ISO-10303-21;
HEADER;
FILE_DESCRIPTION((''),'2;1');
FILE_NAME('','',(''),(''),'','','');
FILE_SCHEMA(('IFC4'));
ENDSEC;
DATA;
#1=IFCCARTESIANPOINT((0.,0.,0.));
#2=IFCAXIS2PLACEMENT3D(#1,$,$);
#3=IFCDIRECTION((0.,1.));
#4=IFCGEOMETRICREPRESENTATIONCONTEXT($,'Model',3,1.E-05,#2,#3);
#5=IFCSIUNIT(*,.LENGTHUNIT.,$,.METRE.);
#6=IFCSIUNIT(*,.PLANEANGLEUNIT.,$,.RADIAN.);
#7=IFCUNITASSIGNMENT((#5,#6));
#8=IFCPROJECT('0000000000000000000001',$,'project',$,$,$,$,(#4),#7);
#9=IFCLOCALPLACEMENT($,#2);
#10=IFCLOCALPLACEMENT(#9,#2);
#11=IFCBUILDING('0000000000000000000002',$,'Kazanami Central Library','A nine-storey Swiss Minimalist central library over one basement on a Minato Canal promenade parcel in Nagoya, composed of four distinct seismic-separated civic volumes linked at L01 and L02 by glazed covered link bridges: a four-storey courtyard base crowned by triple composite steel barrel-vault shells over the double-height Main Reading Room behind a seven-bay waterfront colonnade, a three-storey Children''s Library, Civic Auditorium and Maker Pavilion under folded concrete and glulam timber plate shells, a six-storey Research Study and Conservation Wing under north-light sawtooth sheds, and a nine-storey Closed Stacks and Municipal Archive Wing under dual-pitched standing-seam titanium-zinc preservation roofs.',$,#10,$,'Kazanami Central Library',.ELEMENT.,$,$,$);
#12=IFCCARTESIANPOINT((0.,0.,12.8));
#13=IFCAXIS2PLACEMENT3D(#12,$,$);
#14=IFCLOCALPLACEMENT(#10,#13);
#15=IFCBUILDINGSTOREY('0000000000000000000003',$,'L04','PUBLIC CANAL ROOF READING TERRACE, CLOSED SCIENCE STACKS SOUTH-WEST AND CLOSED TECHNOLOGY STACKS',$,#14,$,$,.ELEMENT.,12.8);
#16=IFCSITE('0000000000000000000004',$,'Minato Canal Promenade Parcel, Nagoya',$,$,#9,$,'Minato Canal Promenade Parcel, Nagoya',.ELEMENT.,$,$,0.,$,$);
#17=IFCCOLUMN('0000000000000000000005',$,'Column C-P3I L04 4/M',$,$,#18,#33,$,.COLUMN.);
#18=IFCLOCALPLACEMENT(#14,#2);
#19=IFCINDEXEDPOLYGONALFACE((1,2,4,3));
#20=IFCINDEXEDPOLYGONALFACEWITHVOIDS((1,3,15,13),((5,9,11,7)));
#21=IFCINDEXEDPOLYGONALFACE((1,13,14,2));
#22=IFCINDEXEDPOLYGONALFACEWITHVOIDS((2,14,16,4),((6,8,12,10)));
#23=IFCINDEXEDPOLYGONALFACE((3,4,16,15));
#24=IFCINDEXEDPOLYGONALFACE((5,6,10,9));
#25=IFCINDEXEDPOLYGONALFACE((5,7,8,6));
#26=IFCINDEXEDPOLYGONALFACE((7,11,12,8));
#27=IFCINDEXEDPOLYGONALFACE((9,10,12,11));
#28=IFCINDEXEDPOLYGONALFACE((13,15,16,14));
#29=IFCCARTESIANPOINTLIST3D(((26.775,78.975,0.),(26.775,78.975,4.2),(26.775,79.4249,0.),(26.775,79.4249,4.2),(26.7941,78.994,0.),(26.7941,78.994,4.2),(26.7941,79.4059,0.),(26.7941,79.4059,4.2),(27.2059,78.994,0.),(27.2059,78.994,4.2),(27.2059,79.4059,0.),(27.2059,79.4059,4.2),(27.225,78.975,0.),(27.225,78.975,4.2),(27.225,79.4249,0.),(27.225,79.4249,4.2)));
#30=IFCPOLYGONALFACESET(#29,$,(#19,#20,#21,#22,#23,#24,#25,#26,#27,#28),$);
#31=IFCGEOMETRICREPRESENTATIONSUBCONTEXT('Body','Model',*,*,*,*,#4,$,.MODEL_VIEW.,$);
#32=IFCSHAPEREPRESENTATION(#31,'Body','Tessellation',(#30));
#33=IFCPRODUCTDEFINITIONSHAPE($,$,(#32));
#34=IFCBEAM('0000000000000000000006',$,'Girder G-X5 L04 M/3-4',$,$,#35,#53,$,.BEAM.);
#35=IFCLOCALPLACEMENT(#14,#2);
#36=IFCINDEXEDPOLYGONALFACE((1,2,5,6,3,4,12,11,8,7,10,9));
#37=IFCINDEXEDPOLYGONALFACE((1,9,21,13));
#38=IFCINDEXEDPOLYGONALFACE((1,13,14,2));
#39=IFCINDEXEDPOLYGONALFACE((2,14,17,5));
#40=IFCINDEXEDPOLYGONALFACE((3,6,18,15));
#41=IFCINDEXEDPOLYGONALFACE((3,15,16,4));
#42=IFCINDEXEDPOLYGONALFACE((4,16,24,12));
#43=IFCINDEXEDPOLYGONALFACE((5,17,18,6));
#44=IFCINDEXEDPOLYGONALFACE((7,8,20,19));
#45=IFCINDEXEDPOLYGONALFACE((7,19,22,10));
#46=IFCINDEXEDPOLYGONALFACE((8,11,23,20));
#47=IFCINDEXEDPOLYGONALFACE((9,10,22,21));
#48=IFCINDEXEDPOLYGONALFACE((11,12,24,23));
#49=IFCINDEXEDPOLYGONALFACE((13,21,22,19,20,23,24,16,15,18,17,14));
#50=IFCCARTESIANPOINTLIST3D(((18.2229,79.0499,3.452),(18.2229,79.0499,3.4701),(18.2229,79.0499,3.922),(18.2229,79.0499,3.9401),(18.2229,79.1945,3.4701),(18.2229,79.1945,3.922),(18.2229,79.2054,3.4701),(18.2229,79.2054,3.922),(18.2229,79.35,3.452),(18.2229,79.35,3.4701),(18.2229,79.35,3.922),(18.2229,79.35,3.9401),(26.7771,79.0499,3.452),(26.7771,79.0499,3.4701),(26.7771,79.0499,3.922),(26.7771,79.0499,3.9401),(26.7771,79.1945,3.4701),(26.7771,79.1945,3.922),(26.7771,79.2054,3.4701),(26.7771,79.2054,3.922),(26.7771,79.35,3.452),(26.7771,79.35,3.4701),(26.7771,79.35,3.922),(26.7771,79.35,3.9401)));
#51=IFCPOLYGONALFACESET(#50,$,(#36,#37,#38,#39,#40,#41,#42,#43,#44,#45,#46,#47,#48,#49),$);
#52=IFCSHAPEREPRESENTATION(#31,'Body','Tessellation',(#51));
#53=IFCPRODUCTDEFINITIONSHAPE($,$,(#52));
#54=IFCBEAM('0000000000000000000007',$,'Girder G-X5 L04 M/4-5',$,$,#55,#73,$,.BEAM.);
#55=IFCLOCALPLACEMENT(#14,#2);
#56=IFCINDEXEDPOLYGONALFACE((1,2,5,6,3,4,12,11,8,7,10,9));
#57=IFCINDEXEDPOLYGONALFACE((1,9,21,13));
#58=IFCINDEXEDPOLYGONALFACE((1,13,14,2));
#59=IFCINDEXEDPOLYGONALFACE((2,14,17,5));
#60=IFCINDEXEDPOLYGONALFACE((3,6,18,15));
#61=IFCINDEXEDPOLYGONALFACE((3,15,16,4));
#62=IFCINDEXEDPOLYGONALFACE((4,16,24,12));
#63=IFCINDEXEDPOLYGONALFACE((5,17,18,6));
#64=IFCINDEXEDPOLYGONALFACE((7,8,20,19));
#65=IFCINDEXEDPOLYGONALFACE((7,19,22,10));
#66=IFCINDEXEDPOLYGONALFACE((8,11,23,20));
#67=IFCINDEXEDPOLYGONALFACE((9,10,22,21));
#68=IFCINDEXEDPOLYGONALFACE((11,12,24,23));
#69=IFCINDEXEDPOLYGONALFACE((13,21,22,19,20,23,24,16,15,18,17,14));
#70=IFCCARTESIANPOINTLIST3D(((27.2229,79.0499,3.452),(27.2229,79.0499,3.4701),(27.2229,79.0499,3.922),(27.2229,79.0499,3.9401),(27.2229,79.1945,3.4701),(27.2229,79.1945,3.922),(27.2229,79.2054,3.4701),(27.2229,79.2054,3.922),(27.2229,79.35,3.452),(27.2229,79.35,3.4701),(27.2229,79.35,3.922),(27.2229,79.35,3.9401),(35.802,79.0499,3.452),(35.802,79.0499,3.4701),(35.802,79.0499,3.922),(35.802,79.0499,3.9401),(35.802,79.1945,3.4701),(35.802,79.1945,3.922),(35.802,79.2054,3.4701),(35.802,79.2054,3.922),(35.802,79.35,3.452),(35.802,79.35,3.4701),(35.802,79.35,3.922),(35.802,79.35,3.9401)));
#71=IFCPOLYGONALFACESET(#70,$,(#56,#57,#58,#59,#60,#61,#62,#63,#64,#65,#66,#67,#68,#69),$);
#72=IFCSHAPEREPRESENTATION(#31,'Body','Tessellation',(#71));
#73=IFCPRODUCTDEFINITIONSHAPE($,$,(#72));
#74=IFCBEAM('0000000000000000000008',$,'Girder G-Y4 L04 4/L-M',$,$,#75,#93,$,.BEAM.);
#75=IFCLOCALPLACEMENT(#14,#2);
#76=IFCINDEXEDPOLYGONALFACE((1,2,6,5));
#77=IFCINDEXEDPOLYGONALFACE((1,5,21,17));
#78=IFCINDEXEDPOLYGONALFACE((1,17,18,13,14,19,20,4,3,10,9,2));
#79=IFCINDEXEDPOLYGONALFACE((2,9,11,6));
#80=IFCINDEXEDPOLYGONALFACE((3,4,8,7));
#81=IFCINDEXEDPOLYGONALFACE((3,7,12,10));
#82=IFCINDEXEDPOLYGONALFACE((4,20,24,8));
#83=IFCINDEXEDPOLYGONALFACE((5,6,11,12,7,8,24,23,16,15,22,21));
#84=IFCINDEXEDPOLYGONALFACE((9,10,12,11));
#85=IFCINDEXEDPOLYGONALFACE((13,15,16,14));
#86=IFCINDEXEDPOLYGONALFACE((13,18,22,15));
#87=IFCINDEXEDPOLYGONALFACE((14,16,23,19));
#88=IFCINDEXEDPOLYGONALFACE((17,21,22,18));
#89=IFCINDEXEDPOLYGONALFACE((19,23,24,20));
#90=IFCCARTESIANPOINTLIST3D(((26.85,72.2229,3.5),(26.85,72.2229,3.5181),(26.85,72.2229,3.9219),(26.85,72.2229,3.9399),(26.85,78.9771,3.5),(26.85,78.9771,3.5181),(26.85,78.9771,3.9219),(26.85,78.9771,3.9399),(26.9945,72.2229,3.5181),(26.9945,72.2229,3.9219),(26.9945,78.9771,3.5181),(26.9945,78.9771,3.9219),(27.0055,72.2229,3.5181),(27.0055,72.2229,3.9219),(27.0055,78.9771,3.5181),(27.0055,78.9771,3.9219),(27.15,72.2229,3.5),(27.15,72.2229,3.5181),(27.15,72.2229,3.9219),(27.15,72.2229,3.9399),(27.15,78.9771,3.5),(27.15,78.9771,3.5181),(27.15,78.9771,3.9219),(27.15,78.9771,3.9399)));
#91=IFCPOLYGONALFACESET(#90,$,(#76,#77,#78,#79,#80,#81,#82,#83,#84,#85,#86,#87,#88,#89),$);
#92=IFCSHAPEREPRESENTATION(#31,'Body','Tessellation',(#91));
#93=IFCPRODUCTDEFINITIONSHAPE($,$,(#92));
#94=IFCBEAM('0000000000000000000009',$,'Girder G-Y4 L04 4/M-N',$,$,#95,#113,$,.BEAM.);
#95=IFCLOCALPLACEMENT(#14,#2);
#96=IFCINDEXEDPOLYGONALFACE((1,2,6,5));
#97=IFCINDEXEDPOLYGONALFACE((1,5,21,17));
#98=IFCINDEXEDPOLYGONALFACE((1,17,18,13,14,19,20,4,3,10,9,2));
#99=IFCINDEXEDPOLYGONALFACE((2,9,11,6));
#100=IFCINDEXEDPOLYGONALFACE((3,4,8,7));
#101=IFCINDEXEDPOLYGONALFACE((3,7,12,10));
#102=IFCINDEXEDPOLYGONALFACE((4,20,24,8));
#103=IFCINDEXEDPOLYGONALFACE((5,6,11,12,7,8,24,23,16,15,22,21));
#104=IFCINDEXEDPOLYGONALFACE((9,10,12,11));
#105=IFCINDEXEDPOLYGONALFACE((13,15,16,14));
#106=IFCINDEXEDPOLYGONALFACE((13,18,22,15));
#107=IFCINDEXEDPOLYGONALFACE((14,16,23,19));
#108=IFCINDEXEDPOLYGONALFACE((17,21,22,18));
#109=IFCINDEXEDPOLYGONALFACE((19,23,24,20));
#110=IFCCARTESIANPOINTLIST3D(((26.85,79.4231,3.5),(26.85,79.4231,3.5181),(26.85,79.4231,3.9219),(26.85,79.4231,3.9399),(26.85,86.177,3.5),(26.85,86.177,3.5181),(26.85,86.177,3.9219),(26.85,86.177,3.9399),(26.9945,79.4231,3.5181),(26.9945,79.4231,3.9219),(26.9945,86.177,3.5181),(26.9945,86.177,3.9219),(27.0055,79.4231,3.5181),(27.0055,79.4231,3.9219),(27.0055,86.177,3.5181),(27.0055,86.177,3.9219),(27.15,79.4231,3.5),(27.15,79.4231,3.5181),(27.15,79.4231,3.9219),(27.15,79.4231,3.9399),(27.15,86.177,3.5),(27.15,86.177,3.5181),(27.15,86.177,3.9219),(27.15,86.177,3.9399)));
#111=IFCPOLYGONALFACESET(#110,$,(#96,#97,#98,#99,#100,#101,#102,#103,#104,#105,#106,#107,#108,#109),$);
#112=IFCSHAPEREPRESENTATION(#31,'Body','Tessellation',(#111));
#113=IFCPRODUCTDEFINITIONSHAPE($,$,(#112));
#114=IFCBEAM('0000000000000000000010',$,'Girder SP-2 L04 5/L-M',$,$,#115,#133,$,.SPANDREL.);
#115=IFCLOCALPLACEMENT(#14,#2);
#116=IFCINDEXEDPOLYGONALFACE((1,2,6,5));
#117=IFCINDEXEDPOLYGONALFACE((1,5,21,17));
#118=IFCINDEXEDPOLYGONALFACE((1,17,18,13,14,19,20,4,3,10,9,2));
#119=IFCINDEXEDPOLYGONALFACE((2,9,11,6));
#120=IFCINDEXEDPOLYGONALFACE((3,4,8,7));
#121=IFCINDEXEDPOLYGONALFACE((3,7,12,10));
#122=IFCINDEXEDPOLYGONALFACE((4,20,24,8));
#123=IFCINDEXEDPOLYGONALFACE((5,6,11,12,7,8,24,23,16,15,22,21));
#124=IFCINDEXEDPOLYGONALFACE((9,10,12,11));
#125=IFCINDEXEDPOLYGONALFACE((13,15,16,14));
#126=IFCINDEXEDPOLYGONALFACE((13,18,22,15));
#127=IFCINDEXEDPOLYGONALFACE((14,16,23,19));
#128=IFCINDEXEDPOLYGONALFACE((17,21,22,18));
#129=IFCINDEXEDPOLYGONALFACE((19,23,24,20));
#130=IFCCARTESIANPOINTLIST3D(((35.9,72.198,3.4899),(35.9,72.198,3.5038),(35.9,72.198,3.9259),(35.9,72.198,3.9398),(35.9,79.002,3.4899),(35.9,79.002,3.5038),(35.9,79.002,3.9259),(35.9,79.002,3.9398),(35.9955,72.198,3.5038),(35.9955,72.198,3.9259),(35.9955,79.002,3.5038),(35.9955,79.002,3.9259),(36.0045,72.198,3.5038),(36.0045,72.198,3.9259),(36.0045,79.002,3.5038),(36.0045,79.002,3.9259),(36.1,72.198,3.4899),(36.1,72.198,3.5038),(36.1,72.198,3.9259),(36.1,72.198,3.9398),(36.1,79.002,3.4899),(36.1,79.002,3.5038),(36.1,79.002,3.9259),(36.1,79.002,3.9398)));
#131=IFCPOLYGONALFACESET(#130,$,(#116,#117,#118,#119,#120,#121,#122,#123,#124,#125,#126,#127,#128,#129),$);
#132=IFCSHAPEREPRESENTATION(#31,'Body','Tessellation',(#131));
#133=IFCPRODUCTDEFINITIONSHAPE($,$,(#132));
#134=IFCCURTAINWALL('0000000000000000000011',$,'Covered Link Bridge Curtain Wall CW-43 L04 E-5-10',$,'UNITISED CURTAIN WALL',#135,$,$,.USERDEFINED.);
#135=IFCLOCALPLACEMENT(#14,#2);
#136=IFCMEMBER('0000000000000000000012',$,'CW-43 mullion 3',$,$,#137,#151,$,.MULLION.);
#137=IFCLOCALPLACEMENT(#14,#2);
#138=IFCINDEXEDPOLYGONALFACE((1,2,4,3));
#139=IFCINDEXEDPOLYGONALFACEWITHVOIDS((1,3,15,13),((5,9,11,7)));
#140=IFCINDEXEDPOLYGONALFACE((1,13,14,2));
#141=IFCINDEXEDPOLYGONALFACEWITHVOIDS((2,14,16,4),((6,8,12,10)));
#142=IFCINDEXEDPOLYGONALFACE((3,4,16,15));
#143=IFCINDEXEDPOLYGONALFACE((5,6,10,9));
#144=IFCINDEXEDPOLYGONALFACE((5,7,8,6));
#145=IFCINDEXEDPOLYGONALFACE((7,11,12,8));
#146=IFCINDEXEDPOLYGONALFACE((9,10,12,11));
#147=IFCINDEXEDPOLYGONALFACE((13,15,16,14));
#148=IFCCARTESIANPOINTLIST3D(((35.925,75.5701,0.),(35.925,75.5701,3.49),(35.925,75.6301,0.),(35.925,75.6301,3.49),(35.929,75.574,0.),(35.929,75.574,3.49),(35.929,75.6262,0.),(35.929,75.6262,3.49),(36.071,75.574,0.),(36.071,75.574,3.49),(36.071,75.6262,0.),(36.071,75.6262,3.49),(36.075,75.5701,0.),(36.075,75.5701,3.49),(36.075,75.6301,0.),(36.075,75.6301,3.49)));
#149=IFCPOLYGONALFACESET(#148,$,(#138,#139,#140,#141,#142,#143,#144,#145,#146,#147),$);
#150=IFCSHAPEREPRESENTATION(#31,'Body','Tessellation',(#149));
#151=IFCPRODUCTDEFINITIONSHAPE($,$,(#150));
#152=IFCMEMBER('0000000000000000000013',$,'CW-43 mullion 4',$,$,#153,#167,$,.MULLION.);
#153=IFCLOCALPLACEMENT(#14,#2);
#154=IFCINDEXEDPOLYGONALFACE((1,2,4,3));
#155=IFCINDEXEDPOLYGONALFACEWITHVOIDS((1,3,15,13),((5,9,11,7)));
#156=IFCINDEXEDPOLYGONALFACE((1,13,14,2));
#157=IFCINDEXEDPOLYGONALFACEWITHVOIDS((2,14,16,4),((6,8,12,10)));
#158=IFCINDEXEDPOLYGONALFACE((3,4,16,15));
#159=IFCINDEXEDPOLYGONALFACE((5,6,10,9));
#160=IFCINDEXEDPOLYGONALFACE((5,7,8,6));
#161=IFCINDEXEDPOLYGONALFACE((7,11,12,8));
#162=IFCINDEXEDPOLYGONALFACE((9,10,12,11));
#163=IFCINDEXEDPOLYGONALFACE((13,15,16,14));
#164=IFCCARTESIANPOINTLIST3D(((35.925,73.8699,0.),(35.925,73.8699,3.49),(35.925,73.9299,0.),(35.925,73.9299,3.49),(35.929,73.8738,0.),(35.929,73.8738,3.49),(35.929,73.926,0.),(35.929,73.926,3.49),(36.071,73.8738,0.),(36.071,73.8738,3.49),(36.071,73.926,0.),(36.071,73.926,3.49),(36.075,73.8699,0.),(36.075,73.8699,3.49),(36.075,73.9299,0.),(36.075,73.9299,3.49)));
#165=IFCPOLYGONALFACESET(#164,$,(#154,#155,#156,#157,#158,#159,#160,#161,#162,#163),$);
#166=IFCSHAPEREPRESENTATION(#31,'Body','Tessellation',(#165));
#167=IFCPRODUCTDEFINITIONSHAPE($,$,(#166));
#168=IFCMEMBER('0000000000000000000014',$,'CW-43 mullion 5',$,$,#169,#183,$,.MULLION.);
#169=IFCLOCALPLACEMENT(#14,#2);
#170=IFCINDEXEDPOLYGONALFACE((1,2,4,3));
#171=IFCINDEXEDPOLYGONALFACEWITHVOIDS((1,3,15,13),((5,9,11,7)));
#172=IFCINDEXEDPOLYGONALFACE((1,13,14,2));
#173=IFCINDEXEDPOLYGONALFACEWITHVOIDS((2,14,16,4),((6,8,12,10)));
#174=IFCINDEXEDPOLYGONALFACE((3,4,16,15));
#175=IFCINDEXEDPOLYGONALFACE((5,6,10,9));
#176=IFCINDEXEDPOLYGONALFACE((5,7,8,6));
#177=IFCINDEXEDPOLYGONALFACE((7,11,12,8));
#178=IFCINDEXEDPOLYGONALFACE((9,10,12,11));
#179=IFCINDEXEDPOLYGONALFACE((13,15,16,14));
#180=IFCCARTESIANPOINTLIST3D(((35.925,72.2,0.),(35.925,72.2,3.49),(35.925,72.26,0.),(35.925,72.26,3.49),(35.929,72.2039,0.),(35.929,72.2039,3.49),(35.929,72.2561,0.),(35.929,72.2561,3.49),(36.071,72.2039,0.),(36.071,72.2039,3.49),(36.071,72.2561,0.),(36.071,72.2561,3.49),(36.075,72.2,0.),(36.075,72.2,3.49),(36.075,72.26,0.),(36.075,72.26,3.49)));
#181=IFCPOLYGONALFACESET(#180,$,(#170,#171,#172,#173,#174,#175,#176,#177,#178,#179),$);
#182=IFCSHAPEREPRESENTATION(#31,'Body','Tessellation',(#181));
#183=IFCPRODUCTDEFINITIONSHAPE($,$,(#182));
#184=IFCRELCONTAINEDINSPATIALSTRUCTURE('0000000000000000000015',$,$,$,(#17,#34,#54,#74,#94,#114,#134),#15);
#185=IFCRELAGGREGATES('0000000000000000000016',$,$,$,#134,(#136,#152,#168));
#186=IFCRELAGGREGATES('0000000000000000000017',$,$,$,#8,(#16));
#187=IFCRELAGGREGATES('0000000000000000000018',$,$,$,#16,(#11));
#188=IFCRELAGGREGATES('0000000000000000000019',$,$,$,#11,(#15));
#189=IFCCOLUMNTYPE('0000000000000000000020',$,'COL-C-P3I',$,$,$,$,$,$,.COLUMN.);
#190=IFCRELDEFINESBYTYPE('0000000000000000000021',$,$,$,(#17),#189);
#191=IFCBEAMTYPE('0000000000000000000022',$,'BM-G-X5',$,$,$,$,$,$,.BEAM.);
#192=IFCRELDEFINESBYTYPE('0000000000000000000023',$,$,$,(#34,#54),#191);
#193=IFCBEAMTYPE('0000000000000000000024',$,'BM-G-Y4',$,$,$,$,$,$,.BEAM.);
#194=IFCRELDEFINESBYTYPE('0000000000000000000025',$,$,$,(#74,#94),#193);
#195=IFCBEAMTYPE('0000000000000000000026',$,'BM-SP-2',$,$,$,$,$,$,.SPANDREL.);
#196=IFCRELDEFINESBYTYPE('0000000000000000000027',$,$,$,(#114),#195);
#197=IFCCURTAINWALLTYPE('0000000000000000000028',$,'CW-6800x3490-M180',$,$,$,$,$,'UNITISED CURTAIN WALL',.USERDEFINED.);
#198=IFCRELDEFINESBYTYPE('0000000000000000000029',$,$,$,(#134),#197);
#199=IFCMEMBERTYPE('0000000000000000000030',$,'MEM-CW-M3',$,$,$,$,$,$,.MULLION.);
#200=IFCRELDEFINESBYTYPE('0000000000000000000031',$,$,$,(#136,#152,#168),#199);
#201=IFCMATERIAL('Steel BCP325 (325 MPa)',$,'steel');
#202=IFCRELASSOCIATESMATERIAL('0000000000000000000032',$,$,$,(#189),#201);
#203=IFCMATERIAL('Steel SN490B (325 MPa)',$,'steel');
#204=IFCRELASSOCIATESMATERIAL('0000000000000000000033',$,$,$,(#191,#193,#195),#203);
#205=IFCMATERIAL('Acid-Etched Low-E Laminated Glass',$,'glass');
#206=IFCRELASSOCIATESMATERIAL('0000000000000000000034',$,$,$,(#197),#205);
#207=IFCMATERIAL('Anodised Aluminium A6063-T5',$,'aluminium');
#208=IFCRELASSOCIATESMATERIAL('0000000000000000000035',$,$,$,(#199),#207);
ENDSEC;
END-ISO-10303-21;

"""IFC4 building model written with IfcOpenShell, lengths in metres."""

from ifc_helpers import new_model, si_unit, direction, frame, origin, origin_2d, place, context, subcontext, project, spatial, hollow_rectangle, i_section, extrude, material, material_profile, profile_set, type_object, element, aggregate, save


model = new_model("IFC4")

# Units and contexts
model_context = context("Model", 3, precision=1e-05, world=origin(), true_north=direction((0.0, 1.0)))
body_context = subcontext(model_context, "Body", "Model", "MODEL_VIEW")
ifc_project = project(units=[si_unit("LENGTHUNIT", "METRE"), si_unit("PLANEANGLEUNIT", "RADIAN")], contexts=[model_context])

# Site, building, storey
site_placement = place(None, origin())
site = spatial("IfcSite", under=ifc_project, at=site_placement, Name="Minato Canal Promenade Parcel, Nagoya", LongName="Minato Canal Promenade Parcel, Nagoya", CompositionType="ELEMENT", RefElevation=0.0)
building_placement = place(site_placement, origin())
building = spatial("IfcBuilding", under=site, at=building_placement, Name="Kazanami Central Library", Description="A nine-storey Swiss Minimalist central library over one basement on a Minato Canal promenade parcel in Nagoya, composed of four distinct seismic-separated civic volumes linked at L01 and L02 by glazed covered link bridges: a four-storey courtyard base crowned by triple composite steel barrel-vault shells over the double-height Main Reading Room behind a seven-bay waterfront colonnade, a three-storey Children's Library, Civic Auditorium and Maker Pavilion under folded concrete and glulam timber plate shells, a six-storey Research Study and Conservation Wing under north-light sawtooth sheds, and a nine-storey Closed Stacks and Municipal Archive Wing under dual-pitched standing-seam titanium-zinc preservation roofs.", LongName="Kazanami Central Library", CompositionType="ELEMENT")
storey_placement = place(building_placement, frame((0.0, 0.0, 12.8)))
storey = spatial("IfcBuildingStorey", under=building, at=storey_placement, Name="L04", Description="PUBLIC CANAL ROOF READING TERRACE, CLOSED SCIENCE STACKS SOUTH-WEST AND CLOSED TECHNOLOGY STACKS", CompositionType="ELEMENT", Elevation=12.8)

# Column
ifc_material_1 = material(Name="Steel BCP325 (325 MPa)", Category="steel")
ifc_material_profile_1 = material_profile(ifc_material_1, hollow_rectangle(XDim=0.45, YDim=0.45, WallThickness=0.019, at=origin_2d()), Name="BCP-450x450x19")
ifc_profile_set_1 = profile_set([ifc_material_profile_1], Name="Steel BCP325 (325 MPa)")
column_type = type_object("IfcColumnType", Name="COL-C-P3I", PredefinedType="COLUMN", material=ifc_profile_set_1)
column_placement = place(storey_placement, frame((27.0, 79.2, 0.0), z_axis=(0.0, 0.0, 1.0), x_axis=(1.0, 0.0, 0.0)))
element("IfcColumn", 1, at=column_placement, inside=storey, type_object=column_type, Name="Column C-P3I L04 4/M", PredefinedType="COLUMN", context=body_context, shape_type="SweptSolid", body=[
    extrude(hollow_rectangle(XDim=0.45, YDim=0.45, WallThickness=0.019, at=origin_2d()), origin(), (0.0, 0.0, 1.0), 4.2),
])

# Beams
ifc_material_2 = material(Name="Steel SN490B (325 MPa)", Category="steel")
ifc_material_profile_2 = material_profile(ifc_material_2, i_section(OverallWidth=0.3, OverallDepth=0.488, WebThickness=0.011, FlangeThickness=0.0181, at=origin_2d()), Name="H-488x300x11x18")
ifc_profile_set_2 = profile_set([ifc_material_profile_2], Name="Steel SN490B (325 MPa)")
beam_type_1 = type_object("IfcBeamType", Name="BM-G-X5", PredefinedType="BEAM", material=ifc_profile_set_2)
beam_1_placement = place(storey_placement, frame((18.2229, 79.2, 3.696), z_axis=(1.0, 0.0, 0.0), x_axis=(0.0, 1.0, 0.0)))
element("IfcBeam", 2, at=beam_1_placement, inside=storey, type_object=beam_type_1, Name="Girder G-X5 L04 M/3-4", PredefinedType="BEAM", context=body_context, shape_type="SweptSolid", body=[
    extrude(i_section(OverallWidth=0.3, OverallDepth=0.488, WebThickness=0.011, FlangeThickness=0.0181, at=origin_2d()), origin(), (0.0, 0.0, 1.0), 8.5542),
])
beam_2_placement = place(storey_placement, frame((27.2229, 79.2, 3.696), z_axis=(1.0, 0.0, 0.0), x_axis=(0.0, 1.0, 0.0)))
element("IfcBeam", 3, at=beam_2_placement, inside=storey, type_object=beam_type_1, Name="Girder G-X5 L04 M/4-5", PredefinedType="BEAM", context=body_context, shape_type="SweptSolid", body=[
    extrude(i_section(OverallWidth=0.3, OverallDepth=0.488, WebThickness=0.011, FlangeThickness=0.0181, at=origin_2d()), origin(), (0.0, 0.0, 1.0), 8.5791),
])
ifc_material_profile_3 = material_profile(ifc_material_2, i_section(OverallWidth=0.3, OverallDepth=0.4399, WebThickness=0.011, FlangeThickness=0.0181, at=origin_2d()), Name="H-440x300x11x18")
ifc_profile_set_3 = profile_set([ifc_material_profile_3], Name="Steel SN490B (325 MPa)")
beam_type_2 = type_object("IfcBeamType", Name="BM-G-Y4", PredefinedType="BEAM", material=ifc_profile_set_3)
beam_3_placement = place(storey_placement, frame((27.0, 72.2229, 3.72), z_axis=(0.0, 1.0, 0.0), x_axis=(-1.0, 0.0, 0.0)))
element("IfcBeam", 4, at=beam_3_placement, inside=storey, type_object=beam_type_2, Name="Girder G-Y4 L04 4/L-M", PredefinedType="BEAM", context=body_context, shape_type="SweptSolid", body=[
    extrude(i_section(OverallWidth=0.3, OverallDepth=0.4399, WebThickness=0.011, FlangeThickness=0.0181, at=origin_2d()), origin(), (0.0, 0.0, 1.0), 6.7542),
])
beam_4_placement = place(storey_placement, frame((27.0, 79.4231, 3.72), z_axis=(0.0, 1.0, 0.0), x_axis=(-1.0, 0.0, 0.0)))
element("IfcBeam", 5, at=beam_4_placement, inside=storey, type_object=beam_type_2, Name="Girder G-Y4 L04 4/M-N", PredefinedType="BEAM", context=body_context, shape_type="SweptSolid", body=[
    extrude(i_section(OverallWidth=0.3, OverallDepth=0.4399, WebThickness=0.011, FlangeThickness=0.0181, at=origin_2d()), origin(), (0.0, 0.0, 1.0), 6.7539),
])
ifc_material_profile_4 = material_profile(ifc_material_2, i_section(OverallWidth=0.2, OverallDepth=0.45, WebThickness=0.009, FlangeThickness=0.0139, at=origin_2d()), Name="H-450x200x9x14")
ifc_profile_set_4 = profile_set([ifc_material_profile_4], Name="Steel SN490B (325 MPa)")
beam_type_3 = type_object("IfcBeamType", Name="BM-SP-2", PredefinedType="SPANDREL", material=ifc_profile_set_4)
beam_5_placement = place(storey_placement, frame((36.0, 72.198, 3.7148), z_axis=(0.0, 1.0, 0.0), x_axis=(-1.0, 0.0, 0.0)))
element("IfcBeam", 6, at=beam_5_placement, inside=storey, type_object=beam_type_3, Name="Girder SP-2 L04 5/L-M", PredefinedType="SPANDREL", context=body_context, shape_type="SweptSolid", body=[
    extrude(i_section(OverallWidth=0.2, OverallDepth=0.45, WebThickness=0.009, FlangeThickness=0.0139, at=origin_2d()), origin(), (0.0, 0.0, 1.0), 6.804),
])

# Curtain wall, members
ifc_material_3 = material(Name="Acid-Etched Low-E Laminated Glass", Category="glass")
curtain_wall_type = type_object("IfcCurtainWallType", Name="CW-6800x3490-M180", ElementType="UNITISED CURTAIN WALL", PredefinedType="USERDEFINED", material=ifc_material_3)
curtain_wall_placement = place(storey_placement, origin())
curtain_wall = element("IfcCurtainWall", 7, at=curtain_wall_placement, inside=storey, type_object=curtain_wall_type, Name="Covered Link Bridge Curtain Wall CW-43 L04 E-5-10", ObjectType="UNITISED CURTAIN WALL", PredefinedType="USERDEFINED")
ifc_material_4 = material(Name="Anodised Aluminium A6063-T5", Category="aluminium")
ifc_material_profile_5 = material_profile(ifc_material_4, hollow_rectangle(XDim=0.0601, YDim=0.1499, WallThickness=0.0039, at=origin_2d()), Name="ALU-MULL-60x150x4")
ifc_profile_set_5 = profile_set([ifc_material_profile_5], Name="Anodised Aluminium A6063-T5")
member_type_1 = type_object("IfcMemberType", Name="MEM-CW-M3", PredefinedType="MULLION", material=ifc_profile_set_5)
member_1_placement = place(storey_placement, frame((36.0, 75.6001, 0.0), z_axis=(0.0, 0.0, 1.0), x_axis=(0.0, -1.0, 0.0)))
member_1 = element("IfcMember", 8, at=member_1_placement, type_object=member_type_1, Name="CW-43 mullion 3", PredefinedType="MULLION", context=body_context, shape_type="SweptSolid", body=[
    extrude(hollow_rectangle(XDim=0.0601, YDim=0.1499, WallThickness=0.0039, at=origin_2d()), origin(), (0.0, 0.0, 1.0), 3.49),
])
member_2_placement = place(storey_placement, frame((36.0, 73.8999, 0.0), z_axis=(0.0, 0.0, 1.0), x_axis=(0.0, -1.0, 0.0)))
member_2 = element("IfcMember", 9, at=member_2_placement, type_object=member_type_1, Name="CW-43 mullion 4", PredefinedType="MULLION", context=body_context, shape_type="SweptSolid", body=[
    extrude(hollow_rectangle(XDim=0.0601, YDim=0.1499, WallThickness=0.0039, at=origin_2d()), origin(), (0.0, 0.0, 1.0), 3.49),
])
member_3_placement = place(storey_placement, frame((36.0, 72.23, 0.0), z_axis=(0.0, 0.0, 1.0), x_axis=(0.0, -1.0, 0.0)))
member_3 = element("IfcMember", 10, at=member_3_placement, type_object=member_type_1, Name="CW-43 mullion 5", PredefinedType="MULLION", context=body_context, shape_type="SweptSolid", body=[
    extrude(hollow_rectangle(XDim=0.0601, YDim=0.1499, WallThickness=0.0039, at=origin_2d()), origin(), (0.0, 0.0, 1.0), 3.49),
])
aggregate(curtain_wall, [member_1, member_2, member_3])

save(model, "model.ifc")
